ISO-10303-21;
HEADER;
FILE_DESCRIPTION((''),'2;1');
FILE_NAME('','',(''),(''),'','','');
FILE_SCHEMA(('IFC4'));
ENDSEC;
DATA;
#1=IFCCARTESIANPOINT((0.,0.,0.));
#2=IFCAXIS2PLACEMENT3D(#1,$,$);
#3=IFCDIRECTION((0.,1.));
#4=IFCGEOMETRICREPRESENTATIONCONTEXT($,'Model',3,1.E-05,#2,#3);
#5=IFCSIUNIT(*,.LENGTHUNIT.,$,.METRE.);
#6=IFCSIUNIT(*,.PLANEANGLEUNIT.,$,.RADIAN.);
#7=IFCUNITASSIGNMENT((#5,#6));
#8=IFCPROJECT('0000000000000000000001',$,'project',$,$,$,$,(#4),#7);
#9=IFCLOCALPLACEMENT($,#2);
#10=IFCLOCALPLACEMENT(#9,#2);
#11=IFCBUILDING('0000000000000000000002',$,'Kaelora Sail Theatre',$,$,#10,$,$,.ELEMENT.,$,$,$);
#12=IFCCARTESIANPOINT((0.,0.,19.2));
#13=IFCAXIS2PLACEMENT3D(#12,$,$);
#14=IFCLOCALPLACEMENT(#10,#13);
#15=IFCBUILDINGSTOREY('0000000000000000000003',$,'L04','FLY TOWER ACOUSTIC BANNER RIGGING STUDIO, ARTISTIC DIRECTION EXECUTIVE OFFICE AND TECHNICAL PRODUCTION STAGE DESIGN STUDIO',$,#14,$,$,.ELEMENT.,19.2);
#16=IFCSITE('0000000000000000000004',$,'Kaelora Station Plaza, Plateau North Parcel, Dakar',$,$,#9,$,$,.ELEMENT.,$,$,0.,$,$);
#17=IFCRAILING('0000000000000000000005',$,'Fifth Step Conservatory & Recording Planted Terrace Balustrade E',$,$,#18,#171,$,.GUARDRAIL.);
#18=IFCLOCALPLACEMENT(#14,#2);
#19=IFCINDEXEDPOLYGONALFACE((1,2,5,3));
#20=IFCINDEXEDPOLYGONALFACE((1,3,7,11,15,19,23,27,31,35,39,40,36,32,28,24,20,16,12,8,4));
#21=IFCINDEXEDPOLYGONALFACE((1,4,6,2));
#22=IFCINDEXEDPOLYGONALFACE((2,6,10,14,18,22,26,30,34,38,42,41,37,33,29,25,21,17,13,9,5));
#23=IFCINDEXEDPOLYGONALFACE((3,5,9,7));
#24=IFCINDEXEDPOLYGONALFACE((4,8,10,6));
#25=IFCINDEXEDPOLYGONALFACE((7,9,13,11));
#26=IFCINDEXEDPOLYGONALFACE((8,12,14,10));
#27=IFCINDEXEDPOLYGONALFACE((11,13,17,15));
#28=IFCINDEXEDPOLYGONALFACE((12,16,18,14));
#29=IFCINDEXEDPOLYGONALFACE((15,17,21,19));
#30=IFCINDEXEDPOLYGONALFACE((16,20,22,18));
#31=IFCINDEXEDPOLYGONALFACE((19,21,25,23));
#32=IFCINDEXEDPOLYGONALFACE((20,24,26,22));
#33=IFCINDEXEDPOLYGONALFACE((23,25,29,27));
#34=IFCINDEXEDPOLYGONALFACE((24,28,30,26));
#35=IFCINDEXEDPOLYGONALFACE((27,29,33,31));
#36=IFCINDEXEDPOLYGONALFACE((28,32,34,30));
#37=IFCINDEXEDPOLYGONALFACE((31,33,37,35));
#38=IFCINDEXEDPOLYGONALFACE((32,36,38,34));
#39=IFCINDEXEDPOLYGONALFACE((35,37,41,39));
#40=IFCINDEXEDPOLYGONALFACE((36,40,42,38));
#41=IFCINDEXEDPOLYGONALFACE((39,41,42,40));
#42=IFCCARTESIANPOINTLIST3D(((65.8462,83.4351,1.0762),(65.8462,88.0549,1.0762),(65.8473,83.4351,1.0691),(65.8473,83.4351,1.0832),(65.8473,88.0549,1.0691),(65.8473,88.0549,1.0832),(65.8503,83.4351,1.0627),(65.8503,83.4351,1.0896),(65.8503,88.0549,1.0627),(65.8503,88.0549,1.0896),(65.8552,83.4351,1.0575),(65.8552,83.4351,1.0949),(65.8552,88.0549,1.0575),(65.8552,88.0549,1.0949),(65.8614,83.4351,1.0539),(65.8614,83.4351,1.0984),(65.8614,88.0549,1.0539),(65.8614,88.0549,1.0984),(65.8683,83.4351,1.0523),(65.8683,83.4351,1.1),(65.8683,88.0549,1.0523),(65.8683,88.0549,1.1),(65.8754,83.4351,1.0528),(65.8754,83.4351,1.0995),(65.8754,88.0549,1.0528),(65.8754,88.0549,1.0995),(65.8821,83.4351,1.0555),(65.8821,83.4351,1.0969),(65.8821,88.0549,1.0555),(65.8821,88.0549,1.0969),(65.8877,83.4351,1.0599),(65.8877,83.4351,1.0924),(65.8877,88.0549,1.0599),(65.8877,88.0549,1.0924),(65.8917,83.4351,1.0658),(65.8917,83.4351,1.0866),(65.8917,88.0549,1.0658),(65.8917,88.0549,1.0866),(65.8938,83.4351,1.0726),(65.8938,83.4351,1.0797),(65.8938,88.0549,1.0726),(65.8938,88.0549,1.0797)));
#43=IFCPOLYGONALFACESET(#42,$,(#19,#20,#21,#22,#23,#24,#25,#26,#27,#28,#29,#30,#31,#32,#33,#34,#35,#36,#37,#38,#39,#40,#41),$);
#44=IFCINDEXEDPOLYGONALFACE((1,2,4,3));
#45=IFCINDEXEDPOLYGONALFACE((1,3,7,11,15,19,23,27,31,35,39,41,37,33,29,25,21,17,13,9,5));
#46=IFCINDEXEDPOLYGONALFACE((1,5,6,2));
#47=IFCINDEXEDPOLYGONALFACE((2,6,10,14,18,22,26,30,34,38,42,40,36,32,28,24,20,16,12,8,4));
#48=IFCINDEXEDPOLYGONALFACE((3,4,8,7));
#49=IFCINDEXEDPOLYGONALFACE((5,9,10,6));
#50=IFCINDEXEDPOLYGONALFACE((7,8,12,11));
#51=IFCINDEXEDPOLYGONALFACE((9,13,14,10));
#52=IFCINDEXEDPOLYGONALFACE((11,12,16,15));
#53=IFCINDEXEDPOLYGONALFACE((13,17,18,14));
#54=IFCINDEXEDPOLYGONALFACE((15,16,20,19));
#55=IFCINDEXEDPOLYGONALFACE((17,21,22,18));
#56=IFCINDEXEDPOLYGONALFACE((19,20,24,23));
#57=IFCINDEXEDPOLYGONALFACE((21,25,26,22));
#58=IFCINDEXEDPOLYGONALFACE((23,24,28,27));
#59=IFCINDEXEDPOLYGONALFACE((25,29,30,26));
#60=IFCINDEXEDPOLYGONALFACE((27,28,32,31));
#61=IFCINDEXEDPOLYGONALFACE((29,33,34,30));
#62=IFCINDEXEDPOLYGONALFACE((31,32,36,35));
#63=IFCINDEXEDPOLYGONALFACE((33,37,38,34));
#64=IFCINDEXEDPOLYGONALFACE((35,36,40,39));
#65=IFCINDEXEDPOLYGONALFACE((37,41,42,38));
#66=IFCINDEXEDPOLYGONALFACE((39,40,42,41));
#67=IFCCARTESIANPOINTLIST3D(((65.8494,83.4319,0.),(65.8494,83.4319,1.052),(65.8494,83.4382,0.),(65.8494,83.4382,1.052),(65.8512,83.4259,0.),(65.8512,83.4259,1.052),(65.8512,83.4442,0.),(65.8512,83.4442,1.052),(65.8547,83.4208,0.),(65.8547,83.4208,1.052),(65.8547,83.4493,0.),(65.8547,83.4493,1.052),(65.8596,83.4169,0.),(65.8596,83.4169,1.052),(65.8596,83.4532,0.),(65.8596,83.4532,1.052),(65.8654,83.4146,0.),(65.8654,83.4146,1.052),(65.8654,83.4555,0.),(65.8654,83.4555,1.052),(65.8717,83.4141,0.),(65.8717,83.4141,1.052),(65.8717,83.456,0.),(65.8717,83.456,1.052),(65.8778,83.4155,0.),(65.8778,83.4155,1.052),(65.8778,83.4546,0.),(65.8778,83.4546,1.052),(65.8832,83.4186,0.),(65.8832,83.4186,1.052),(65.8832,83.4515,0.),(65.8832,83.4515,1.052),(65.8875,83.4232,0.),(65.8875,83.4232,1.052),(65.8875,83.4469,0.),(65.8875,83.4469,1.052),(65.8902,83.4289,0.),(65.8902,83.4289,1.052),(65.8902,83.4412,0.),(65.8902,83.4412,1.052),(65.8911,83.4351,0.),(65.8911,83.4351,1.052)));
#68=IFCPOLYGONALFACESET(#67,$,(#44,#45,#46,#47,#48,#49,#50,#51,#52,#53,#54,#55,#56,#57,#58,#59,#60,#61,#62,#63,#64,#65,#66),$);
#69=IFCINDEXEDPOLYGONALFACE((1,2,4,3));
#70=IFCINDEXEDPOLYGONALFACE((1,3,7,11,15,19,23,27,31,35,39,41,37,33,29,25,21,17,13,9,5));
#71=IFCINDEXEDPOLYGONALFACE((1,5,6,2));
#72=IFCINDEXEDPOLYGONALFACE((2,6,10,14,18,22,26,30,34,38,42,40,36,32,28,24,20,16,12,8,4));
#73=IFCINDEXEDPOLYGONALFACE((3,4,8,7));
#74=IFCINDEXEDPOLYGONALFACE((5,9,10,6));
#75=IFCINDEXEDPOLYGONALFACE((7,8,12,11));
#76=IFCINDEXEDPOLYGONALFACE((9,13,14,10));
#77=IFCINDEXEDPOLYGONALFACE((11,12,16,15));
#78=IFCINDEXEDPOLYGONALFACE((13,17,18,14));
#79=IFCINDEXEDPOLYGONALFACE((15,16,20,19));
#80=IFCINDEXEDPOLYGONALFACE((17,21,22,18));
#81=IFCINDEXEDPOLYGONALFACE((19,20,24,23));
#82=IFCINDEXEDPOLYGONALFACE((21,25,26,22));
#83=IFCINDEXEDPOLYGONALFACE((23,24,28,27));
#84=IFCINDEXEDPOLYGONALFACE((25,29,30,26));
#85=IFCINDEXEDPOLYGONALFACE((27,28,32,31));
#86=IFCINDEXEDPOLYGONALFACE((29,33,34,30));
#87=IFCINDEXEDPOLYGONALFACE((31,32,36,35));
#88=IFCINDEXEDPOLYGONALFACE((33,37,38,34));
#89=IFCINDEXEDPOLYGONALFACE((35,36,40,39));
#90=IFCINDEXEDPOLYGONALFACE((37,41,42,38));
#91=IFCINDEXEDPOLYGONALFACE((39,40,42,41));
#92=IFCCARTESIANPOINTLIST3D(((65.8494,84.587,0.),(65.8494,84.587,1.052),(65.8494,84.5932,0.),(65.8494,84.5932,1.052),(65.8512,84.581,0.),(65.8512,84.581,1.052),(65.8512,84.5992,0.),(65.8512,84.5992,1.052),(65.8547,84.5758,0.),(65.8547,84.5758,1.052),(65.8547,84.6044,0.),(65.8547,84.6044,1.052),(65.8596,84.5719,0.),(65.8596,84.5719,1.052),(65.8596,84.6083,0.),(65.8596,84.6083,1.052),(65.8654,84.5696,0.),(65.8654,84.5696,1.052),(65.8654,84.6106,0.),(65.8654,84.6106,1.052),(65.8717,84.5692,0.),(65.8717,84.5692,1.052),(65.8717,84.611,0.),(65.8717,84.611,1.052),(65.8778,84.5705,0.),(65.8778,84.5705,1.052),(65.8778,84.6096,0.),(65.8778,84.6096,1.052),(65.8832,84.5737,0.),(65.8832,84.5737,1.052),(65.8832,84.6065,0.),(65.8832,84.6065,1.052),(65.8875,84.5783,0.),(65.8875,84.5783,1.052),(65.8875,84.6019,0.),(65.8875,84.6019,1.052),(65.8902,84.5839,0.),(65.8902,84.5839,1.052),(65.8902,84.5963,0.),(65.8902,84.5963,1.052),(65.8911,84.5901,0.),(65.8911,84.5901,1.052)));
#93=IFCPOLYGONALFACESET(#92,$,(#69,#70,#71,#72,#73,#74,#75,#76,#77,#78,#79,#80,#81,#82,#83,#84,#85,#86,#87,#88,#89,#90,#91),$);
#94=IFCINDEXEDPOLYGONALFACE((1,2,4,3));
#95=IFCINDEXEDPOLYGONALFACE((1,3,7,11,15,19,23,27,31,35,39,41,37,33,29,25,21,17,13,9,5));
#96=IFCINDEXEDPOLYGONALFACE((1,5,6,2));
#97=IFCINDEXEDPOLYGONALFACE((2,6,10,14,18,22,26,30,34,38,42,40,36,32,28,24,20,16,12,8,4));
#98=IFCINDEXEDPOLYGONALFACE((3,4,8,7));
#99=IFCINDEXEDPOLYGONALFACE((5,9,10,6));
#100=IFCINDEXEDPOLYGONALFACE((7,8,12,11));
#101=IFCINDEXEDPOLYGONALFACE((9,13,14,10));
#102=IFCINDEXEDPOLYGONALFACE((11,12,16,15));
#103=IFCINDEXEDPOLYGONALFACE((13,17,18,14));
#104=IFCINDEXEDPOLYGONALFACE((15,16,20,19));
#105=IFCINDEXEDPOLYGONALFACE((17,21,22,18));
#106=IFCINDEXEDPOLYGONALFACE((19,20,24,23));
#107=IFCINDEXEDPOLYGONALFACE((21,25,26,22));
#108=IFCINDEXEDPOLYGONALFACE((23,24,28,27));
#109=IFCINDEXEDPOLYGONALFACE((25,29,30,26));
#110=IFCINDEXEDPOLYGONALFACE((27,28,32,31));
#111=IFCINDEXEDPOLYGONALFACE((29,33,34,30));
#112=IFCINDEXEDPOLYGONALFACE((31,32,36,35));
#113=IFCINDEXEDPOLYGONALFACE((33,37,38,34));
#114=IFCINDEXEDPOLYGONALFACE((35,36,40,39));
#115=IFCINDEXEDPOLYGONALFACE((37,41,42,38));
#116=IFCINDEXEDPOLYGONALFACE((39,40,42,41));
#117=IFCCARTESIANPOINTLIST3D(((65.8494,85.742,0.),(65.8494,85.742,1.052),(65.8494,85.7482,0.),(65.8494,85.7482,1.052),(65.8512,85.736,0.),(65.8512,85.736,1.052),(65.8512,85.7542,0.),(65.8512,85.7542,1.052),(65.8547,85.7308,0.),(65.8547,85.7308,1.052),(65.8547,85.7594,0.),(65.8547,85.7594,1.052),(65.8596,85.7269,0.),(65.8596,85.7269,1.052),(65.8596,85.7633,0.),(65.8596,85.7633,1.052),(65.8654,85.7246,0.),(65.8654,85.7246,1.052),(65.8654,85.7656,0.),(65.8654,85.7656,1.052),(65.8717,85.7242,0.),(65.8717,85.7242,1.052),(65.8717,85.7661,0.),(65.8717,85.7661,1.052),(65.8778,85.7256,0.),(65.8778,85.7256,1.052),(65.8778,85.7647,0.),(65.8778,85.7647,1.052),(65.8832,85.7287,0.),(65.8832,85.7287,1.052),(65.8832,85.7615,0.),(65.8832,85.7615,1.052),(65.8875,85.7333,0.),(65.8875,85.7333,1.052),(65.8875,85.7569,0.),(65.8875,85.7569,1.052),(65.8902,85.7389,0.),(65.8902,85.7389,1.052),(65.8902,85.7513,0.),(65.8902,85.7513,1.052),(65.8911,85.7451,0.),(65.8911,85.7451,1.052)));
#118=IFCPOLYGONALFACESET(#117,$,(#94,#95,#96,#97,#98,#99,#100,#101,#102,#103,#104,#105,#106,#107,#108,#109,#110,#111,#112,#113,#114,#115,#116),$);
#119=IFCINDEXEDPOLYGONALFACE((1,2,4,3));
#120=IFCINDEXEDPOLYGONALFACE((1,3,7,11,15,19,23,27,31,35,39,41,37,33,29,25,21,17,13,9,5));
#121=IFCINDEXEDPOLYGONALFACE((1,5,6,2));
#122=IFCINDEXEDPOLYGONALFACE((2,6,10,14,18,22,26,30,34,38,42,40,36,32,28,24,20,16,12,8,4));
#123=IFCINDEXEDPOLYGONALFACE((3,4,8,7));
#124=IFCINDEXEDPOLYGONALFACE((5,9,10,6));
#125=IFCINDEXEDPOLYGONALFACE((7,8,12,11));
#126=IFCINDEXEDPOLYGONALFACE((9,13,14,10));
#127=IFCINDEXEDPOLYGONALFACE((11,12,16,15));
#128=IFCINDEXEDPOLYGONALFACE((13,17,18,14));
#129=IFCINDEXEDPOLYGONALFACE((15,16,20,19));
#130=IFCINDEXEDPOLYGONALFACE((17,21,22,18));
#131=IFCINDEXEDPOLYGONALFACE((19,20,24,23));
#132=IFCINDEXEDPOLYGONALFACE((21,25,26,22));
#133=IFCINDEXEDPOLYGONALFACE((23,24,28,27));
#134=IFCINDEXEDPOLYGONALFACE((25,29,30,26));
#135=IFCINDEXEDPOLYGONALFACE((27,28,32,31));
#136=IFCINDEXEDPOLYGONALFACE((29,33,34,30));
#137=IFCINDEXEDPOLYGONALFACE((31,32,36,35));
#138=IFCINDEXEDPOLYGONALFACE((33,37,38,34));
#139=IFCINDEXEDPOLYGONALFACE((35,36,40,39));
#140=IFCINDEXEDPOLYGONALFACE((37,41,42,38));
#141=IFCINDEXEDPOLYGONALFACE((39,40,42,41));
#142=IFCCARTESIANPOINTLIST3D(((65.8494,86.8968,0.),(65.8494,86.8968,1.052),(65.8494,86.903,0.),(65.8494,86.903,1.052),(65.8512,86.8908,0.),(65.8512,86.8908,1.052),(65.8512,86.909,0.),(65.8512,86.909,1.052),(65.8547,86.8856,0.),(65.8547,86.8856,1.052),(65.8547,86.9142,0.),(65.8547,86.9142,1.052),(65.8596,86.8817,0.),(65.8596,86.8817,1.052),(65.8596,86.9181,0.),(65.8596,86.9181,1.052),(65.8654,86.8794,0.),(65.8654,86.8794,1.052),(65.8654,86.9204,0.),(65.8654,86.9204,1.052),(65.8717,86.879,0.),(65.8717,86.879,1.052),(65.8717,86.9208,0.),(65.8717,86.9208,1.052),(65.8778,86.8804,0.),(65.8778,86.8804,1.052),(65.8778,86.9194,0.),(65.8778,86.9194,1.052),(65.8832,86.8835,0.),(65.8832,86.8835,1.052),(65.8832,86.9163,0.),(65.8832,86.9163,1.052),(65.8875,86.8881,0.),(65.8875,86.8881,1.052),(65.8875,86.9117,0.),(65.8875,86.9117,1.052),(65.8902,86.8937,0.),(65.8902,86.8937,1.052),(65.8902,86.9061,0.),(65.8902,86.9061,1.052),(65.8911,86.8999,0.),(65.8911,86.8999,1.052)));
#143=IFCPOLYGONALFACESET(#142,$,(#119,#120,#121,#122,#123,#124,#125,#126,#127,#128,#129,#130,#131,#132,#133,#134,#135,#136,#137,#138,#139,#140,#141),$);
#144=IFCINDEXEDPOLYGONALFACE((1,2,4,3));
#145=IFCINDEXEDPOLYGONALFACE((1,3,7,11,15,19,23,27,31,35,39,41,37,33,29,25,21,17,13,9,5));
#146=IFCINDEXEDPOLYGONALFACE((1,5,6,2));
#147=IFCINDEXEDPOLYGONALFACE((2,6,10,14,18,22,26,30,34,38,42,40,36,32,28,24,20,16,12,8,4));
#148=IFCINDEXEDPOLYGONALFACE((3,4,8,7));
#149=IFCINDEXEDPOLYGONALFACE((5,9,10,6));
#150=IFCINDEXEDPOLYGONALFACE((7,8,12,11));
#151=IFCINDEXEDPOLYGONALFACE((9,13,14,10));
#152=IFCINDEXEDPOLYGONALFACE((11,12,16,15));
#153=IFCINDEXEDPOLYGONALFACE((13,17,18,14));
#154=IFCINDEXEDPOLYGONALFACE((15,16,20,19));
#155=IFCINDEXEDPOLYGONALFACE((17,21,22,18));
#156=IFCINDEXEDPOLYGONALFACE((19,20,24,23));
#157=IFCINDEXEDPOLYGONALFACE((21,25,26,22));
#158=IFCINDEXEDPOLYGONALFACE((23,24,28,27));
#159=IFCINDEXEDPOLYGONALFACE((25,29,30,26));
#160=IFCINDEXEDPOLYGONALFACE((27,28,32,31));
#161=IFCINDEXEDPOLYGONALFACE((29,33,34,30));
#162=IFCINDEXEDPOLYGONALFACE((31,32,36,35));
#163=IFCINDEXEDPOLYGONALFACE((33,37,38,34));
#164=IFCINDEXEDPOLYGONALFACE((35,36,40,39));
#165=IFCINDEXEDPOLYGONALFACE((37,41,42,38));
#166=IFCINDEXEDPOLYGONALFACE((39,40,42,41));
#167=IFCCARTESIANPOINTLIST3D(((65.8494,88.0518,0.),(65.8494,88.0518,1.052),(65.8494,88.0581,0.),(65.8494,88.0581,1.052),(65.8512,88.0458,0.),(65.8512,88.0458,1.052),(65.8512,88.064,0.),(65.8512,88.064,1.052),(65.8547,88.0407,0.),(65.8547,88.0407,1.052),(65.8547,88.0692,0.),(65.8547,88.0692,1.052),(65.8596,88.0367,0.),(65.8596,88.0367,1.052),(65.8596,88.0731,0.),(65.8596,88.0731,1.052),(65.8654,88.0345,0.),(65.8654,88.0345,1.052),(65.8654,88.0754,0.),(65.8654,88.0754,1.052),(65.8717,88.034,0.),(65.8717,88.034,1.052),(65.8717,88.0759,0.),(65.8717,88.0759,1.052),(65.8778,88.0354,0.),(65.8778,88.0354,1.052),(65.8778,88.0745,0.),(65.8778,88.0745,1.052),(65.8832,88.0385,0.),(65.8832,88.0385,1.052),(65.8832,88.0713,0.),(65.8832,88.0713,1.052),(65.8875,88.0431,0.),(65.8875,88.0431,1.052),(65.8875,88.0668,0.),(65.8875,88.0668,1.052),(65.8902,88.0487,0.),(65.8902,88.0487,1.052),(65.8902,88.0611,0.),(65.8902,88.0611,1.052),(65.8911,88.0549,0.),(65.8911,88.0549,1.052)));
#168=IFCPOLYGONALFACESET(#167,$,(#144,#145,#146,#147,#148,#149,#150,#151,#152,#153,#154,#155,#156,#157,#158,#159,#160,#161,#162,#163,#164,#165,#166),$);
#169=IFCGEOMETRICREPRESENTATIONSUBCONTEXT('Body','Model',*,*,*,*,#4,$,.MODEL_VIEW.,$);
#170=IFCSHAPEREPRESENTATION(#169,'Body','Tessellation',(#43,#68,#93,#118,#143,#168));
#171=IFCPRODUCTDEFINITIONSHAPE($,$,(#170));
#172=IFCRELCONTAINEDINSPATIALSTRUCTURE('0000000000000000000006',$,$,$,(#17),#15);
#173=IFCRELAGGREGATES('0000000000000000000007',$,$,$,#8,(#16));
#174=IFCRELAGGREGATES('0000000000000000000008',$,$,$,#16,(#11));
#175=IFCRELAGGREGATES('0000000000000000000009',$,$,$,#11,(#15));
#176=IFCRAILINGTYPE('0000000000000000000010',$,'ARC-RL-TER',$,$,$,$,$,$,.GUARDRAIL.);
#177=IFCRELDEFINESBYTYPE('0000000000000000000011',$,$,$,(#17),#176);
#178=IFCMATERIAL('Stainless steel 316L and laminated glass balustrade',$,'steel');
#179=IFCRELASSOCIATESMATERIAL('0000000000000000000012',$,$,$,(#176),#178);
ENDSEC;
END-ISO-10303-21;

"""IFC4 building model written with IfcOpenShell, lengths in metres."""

from ifc_helpers import new_model, si_unit, direction, frame, origin, origin_2d, place, context, subcontext, project, spatial, circle, extrude, material, type_object, element, save


model = new_model("IFC4")

# Units and contexts
model_context = context("Model", 3, precision=1e-05, world=origin(), true_north=direction((0.0, 1.0)))
body_context = subcontext(model_context, "Body", "Model", "MODEL_VIEW")
ifc_project = project(units=[si_unit("LENGTHUNIT", "METRE"), si_unit("PLANEANGLEUNIT", "RADIAN")], contexts=[model_context])

# Site, building, storey
site_placement = place(None, origin())
site = spatial("IfcSite", under=ifc_project, at=site_placement, Name="Kaelora Station Plaza, Plateau North Parcel, Dakar", CompositionType="ELEMENT", RefElevation=0.0)
building_placement = place(site_placement, origin())
building = spatial("IfcBuilding", under=site, at=building_placement, Name="Kaelora Sail Theatre", CompositionType="ELEMENT")
storey_placement = place(building_placement, frame((0.0, 0.0, 19.2)))
storey = spatial("IfcBuildingStorey", under=building, at=storey_placement, Name="L04", Description="FLY TOWER ACOUSTIC BANNER RIGGING STUDIO, ARTISTIC DIRECTION EXECUTIVE OFFICE AND TECHNICAL PRODUCTION STAGE DESIGN STUDIO", CompositionType="ELEMENT", Elevation=19.2)

# Railing
ifc_material_1 = material(Name="Stainless steel 316L and laminated glass balustrade", Category="steel")
railing_type = type_object("IfcRailingType", Name="ARC-RL-TER", PredefinedType="GUARDRAIL", material=ifc_material_1)
railing_placement = place(storey_placement, frame((65.8701, 83.4351, 0.0)))
element("IfcRailing", 1, at=railing_placement, inside=storey, type_object=railing_type, Name="Fifth Step Conservatory & Recording Planted Terrace Balustrade E", PredefinedType="GUARDRAIL", context=body_context, shape_type="SweptSolid", body=[
    extrude(circle(Radius=0.0239, at=origin_2d()), frame((0.0, 0.0, 1.0762), z_axis=(0.0, 1.0, 0.0), x_axis=(-1.0, 0.0, 0.0)), (0.0, 0.0, 1.0), 4.6199),
    extrude(circle(Radius=0.021, at=origin_2d()), origin(), (0.0, 0.0, 1.0), 1.052),
    extrude(circle(Radius=0.021, at=origin_2d()), frame((0.0, 1.155, 0.0)), (0.0, 0.0, 1.0), 1.052),
    extrude(circle(Radius=0.021, at=origin_2d()), frame((0.0, 2.3101, 0.0)), (0.0, 0.0, 1.0), 1.052),
    extrude(circle(Radius=0.021, at=origin_2d()), frame((0.0, 3.4648, 0.0)), (0.0, 0.0, 1.0), 1.052),
    extrude(circle(Radius=0.021, at=origin_2d()), frame((0.0, 4.6199, 0.0)), (0.0, 0.0, 1.0), 1.052),
])

save(model, "model.ifc")
